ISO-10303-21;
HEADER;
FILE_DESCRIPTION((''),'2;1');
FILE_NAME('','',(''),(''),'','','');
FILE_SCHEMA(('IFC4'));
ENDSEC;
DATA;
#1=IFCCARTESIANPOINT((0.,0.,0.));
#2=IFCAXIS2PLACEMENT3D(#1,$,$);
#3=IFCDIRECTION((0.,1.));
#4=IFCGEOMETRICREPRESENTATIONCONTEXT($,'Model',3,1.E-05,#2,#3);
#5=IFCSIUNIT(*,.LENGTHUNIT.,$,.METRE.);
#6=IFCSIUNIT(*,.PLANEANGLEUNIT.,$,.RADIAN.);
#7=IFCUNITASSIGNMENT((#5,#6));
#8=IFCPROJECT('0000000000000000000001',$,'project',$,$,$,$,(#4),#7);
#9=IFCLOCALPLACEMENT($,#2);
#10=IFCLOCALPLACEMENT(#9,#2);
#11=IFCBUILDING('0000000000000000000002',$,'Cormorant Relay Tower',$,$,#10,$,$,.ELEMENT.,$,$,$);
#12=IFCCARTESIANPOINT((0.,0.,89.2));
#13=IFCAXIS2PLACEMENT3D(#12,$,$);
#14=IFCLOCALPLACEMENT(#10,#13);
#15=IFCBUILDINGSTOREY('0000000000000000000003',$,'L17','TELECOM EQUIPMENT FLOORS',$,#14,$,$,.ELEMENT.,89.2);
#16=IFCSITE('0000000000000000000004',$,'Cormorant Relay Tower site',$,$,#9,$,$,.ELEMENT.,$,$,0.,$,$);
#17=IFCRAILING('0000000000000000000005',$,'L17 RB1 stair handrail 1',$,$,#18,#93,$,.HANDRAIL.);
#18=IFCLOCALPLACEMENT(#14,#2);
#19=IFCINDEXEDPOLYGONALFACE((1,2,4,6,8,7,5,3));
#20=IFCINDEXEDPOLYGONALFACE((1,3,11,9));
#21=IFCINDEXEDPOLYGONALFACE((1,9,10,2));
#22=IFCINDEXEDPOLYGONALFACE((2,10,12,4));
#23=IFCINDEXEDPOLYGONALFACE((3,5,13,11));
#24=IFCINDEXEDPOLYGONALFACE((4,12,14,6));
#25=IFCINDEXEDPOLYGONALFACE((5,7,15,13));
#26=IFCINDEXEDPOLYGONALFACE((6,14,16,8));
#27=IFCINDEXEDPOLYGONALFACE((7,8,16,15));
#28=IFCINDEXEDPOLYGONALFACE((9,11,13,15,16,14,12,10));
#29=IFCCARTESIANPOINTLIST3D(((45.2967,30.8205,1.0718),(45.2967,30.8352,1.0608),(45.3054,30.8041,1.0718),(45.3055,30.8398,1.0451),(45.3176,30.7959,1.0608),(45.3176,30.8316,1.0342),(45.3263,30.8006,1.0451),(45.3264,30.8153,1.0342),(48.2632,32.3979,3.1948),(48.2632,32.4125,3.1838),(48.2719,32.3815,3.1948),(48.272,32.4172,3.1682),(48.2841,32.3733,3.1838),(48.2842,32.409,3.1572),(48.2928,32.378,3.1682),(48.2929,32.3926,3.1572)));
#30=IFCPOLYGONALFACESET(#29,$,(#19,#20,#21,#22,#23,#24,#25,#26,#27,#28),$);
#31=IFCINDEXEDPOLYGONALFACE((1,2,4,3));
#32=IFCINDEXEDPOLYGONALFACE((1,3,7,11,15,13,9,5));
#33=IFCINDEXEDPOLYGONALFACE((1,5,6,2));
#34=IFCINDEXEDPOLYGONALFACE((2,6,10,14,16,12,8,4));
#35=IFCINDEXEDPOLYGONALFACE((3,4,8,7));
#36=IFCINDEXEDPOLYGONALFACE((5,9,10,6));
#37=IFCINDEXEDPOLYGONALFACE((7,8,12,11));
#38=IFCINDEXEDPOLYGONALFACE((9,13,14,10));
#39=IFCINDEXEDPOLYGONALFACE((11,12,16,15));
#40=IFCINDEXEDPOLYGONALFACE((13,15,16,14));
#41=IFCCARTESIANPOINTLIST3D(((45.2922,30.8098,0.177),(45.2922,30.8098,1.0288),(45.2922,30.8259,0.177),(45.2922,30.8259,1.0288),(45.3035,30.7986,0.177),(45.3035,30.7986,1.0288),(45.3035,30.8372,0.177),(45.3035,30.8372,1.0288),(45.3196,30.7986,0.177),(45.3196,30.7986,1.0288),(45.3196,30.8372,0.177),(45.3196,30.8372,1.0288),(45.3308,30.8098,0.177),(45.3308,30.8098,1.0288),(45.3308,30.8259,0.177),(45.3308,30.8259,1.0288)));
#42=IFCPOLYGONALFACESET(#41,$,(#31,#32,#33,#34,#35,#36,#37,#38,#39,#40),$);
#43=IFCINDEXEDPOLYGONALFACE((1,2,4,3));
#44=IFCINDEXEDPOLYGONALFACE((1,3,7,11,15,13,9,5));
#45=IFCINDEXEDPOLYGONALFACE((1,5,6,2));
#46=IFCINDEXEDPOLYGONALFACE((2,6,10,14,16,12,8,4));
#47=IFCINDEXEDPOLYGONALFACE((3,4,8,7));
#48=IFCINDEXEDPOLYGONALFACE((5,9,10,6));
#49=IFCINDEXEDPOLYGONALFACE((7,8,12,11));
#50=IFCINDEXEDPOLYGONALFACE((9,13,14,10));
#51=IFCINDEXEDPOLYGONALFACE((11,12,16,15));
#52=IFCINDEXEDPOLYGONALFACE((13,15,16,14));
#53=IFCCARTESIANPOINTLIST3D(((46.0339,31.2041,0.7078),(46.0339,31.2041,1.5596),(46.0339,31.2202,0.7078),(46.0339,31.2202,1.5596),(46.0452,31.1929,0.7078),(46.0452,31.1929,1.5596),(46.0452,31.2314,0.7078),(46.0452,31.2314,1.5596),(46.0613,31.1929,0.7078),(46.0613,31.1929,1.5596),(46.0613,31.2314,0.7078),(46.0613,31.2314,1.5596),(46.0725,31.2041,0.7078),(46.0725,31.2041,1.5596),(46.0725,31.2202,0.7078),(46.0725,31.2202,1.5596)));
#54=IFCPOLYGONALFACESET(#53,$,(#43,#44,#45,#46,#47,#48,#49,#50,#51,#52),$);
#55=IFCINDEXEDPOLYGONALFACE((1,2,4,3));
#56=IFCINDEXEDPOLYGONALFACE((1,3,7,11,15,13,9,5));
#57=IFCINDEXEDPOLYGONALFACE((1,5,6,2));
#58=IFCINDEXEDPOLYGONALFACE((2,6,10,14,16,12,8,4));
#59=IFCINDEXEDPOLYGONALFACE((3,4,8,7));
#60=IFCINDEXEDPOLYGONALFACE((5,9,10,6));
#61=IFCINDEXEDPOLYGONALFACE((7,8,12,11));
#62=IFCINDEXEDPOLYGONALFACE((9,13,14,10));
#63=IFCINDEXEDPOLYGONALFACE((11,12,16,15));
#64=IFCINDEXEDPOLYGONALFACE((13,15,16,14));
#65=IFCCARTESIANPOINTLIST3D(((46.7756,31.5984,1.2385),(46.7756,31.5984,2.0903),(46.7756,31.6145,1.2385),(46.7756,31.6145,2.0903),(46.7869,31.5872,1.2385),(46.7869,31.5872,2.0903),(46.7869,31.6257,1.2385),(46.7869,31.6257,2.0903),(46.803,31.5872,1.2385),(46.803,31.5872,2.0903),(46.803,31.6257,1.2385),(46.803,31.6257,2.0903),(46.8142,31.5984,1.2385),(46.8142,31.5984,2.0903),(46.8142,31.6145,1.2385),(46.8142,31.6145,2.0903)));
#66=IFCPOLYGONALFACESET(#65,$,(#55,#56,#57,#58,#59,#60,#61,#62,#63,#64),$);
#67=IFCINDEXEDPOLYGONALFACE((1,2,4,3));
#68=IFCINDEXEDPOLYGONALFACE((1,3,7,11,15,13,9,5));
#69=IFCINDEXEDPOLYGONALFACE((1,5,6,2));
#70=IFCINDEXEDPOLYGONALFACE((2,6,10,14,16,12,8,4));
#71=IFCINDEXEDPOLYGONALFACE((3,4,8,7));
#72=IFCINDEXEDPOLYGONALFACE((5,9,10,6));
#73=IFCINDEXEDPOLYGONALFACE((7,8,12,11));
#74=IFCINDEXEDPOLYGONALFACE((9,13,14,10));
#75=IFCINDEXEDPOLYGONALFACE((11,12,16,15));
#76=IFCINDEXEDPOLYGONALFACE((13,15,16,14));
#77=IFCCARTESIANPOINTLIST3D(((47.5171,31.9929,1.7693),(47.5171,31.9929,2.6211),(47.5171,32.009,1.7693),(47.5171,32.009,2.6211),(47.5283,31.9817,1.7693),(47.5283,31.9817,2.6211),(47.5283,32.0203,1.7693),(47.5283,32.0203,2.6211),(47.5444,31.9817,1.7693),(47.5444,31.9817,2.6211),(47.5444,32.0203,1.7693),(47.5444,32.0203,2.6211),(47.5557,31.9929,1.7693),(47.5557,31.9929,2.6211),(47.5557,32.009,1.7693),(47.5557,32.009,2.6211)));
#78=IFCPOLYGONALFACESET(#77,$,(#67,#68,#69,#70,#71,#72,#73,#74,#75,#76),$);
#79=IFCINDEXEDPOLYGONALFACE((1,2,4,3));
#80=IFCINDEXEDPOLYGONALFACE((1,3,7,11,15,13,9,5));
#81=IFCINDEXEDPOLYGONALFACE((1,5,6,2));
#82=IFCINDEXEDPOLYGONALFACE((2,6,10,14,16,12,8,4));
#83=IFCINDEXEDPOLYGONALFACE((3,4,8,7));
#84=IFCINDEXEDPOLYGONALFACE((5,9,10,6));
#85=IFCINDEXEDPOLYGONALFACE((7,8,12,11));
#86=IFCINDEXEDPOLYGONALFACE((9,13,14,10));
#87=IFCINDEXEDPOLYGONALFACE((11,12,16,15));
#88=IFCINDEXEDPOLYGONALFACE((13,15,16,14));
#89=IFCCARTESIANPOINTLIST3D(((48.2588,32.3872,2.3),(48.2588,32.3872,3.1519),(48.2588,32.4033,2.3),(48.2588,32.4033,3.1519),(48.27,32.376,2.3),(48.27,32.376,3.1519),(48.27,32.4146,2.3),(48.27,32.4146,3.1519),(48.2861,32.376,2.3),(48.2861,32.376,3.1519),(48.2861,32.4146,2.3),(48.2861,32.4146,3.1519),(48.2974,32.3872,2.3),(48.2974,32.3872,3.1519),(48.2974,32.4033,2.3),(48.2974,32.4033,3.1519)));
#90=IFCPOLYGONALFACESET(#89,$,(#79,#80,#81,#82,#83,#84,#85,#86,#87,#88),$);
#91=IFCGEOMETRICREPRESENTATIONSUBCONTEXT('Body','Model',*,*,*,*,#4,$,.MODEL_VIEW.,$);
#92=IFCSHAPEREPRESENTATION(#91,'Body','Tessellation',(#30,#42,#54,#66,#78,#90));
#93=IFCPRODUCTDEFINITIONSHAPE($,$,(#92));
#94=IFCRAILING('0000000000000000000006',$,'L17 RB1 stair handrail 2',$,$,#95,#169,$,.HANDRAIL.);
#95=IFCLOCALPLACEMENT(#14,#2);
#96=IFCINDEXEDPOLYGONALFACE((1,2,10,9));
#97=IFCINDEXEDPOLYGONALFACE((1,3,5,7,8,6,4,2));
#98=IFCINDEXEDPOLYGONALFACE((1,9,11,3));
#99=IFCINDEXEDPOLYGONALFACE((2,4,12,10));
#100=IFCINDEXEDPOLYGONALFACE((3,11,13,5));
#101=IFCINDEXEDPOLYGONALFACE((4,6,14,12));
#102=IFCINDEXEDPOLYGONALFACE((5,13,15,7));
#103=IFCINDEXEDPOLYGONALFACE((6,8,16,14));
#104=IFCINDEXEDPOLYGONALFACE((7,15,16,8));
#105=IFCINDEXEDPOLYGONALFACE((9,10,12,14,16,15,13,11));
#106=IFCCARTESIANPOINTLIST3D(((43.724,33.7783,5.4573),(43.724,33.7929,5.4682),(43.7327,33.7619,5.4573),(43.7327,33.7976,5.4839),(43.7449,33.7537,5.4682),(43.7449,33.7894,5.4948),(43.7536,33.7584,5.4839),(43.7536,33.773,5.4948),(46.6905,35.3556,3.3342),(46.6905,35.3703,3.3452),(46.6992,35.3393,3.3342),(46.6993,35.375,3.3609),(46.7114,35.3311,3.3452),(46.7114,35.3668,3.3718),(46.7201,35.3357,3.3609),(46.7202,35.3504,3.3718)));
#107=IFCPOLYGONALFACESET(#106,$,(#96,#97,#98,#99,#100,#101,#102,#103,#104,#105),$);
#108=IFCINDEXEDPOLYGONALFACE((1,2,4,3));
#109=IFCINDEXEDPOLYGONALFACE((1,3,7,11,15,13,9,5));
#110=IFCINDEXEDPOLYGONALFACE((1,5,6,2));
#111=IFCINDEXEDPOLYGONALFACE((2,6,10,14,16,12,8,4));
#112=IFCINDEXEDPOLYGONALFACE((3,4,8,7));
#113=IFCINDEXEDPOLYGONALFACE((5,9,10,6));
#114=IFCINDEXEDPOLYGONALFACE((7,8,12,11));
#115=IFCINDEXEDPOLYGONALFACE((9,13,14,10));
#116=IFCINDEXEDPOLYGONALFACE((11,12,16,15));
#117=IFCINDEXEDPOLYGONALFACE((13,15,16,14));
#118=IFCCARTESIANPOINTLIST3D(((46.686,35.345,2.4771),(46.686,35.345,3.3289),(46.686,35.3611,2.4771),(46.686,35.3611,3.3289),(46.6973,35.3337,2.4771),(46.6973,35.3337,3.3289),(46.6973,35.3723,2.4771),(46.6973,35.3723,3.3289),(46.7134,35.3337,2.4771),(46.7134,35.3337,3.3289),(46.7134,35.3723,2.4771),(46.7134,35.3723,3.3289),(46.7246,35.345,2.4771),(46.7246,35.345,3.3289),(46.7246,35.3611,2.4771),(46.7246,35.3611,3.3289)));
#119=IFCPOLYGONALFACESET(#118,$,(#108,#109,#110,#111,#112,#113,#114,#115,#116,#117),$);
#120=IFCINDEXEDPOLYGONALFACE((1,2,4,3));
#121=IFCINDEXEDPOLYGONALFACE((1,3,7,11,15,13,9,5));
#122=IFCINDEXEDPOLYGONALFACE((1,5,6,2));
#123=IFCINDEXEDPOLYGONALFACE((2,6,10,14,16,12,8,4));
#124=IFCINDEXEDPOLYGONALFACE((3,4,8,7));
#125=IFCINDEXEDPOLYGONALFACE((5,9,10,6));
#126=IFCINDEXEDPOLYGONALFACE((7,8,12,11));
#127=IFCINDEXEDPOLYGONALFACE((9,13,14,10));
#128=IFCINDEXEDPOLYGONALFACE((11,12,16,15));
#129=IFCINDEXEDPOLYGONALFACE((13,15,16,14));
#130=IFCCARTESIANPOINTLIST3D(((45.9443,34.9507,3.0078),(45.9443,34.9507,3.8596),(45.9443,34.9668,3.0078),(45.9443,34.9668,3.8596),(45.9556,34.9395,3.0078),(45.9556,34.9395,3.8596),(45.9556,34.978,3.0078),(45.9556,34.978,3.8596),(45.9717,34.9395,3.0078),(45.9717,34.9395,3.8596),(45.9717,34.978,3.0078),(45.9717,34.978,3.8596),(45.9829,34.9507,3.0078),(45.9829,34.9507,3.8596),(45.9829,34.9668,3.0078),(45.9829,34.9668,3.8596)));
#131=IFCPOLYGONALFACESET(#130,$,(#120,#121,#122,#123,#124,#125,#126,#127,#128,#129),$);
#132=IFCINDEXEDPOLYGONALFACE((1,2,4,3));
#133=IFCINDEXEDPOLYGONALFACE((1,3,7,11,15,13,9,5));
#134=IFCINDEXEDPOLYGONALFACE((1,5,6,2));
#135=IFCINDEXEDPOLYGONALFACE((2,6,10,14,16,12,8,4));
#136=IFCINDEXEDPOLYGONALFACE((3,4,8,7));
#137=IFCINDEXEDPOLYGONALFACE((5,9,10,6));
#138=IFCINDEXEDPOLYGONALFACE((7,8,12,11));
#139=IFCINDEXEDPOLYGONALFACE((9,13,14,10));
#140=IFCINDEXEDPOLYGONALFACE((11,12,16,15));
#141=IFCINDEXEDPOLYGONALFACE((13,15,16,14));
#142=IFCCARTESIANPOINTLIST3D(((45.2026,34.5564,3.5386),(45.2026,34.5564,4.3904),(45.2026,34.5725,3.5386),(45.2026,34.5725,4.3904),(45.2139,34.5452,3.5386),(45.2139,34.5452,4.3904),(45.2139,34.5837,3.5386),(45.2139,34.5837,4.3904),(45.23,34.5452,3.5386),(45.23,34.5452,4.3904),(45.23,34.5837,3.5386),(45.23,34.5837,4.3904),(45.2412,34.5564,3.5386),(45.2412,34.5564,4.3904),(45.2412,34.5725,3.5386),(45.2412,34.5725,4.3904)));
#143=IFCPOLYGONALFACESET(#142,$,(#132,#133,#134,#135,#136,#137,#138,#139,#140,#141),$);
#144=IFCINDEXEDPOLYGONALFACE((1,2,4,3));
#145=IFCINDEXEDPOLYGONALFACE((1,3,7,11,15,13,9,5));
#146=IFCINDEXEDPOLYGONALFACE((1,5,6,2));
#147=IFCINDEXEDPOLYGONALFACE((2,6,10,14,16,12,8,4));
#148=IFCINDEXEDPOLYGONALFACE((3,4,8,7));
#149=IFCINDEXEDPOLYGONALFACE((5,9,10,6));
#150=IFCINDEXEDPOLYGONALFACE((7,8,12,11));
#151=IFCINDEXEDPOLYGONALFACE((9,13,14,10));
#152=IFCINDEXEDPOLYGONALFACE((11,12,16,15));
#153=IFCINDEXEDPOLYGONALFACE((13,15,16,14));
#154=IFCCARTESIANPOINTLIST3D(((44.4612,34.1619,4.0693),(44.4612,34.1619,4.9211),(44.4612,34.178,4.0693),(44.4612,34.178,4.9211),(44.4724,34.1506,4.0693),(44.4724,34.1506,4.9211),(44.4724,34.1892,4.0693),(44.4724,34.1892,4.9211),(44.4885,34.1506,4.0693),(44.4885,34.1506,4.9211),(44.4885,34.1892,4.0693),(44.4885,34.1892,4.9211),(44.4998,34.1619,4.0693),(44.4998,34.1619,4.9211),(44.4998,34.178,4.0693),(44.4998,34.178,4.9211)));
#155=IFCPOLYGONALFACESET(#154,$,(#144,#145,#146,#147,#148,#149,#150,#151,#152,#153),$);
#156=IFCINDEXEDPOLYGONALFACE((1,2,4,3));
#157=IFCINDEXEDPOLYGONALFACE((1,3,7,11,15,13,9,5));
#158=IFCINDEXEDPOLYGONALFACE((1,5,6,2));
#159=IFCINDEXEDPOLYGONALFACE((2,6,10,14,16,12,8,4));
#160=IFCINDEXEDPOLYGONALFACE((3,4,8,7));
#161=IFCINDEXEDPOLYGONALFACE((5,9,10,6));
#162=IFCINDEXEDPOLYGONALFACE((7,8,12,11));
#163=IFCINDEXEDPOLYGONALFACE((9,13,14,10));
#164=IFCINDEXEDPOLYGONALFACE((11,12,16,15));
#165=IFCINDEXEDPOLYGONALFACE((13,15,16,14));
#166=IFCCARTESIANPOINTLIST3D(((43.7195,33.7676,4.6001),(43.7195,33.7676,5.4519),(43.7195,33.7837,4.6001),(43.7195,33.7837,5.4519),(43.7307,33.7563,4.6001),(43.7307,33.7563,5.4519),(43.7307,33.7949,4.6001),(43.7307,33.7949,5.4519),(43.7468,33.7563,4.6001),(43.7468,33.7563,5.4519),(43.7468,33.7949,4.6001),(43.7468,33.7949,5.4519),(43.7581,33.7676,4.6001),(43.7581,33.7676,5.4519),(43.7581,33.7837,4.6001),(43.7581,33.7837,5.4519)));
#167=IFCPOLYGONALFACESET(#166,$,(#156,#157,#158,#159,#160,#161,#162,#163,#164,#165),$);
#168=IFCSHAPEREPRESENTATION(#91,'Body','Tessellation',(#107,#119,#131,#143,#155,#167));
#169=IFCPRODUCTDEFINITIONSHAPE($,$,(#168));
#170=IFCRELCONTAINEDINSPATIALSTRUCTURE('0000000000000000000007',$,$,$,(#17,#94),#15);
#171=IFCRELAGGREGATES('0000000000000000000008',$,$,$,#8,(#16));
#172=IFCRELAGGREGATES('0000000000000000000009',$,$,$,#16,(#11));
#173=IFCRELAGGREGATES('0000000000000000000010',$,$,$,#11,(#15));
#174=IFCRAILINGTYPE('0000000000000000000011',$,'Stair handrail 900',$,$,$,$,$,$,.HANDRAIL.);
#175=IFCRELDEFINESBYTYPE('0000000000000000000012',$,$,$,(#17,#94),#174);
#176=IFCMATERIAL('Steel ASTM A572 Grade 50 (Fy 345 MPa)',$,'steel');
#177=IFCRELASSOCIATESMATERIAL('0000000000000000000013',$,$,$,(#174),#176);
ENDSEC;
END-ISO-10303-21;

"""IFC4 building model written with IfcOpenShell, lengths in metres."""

from ifc_helpers import new_model, si_unit, direction, frame, origin, place, context, subcontext, project, spatial, polyline, outline, extrude, material, type_object, element, save


model = new_model("IFC4")

# Units and contexts
model_context = context("Model", 3, precision=1e-05, world=origin(), true_north=direction((0.0, 1.0)))
body_context = subcontext(model_context, "Body", "Model", "MODEL_VIEW")
ifc_project = project(units=[si_unit("LENGTHUNIT", "METRE"), si_unit("PLANEANGLEUNIT", "RADIAN")], contexts=[model_context])

# Site, building, storey
site_placement = place(None, origin())
site = spatial("IfcSite", under=ifc_project, at=site_placement, Name="Cormorant Relay Tower site", CompositionType="ELEMENT", RefElevation=0.0)
building_placement = place(site_placement, origin())
building = spatial("IfcBuilding", under=site, at=building_placement, Name="Cormorant Relay Tower", CompositionType="ELEMENT")
storey_placement = place(building_placement, frame((0.0, 0.0, 89.2)))
storey = spatial("IfcBuildingStorey", under=building, at=storey_placement, Name="L17", Description="TELECOM EQUIPMENT FLOORS", CompositionType="ELEMENT", Elevation=89.2)

# Railings
ifc_material_1 = material(Name="Steel ASTM A572 Grade 50 (Fy 345 MPa)", Category="steel")
railing_type_1 = type_object("IfcRailingType", Name="Stair handrail 900", PredefinedType="HANDRAIL", material=ifc_material_1)
railing_1_placement = place(storey_placement, frame((45.3115, 30.8179, 0.177)))
element("IfcRailing", 1, at=railing_1_placement, inside=storey, type_object=railing_type_1, Name="L17 RB1 stair handrail 1", PredefinedType="HANDRAIL", context=body_context, shape_type="SweptSolid", body=[
    extrude(outline(polyline([(0.0222, 0.0093), (0.0093, 0.0222), (-0.0093, 0.0222), (-0.0222, 0.0093), (-0.0222, -0.0093), (-0.0093, -0.0222), (0.0093, -0.0222), (0.0222, -0.0093), (0.0222, 0.0093)])), frame((0.0, 0.0, 0.876), z_axis=(0.746413, 0.396887, 0.534179), x_axis=(-0.469483, 0.882942, 0.0)), (0.0, 0.0, 1.0), 3.9744),
    extrude(outline(polyline([(0.0193, 0.0081), (0.0081, 0.0193), (-0.0081, 0.0193), (-0.0193, 0.0081), (-0.0193, -0.0081), (-0.0081, -0.0193), (0.0081, -0.0193), (0.0193, -0.0081), (0.0193, 0.0081)])), origin(), (0.0, 0.0, 1.0), 0.8518),
    extrude(outline(polyline([(0.0193, 0.0081), (0.0081, 0.0193), (-0.0081, 0.0193), (-0.0193, 0.0081), (-0.0193, -0.0081), (-0.0081, -0.0193), (0.0081, -0.0193), (0.0193, -0.0081), (0.0193, 0.0081)])), frame((0.7417, 0.3943, 0.5308)), (0.0, 0.0, 1.0), 0.8518),
    extrude(outline(polyline([(0.0193, 0.0081), (0.0081, 0.0193), (-0.0081, 0.0193), (-0.0193, 0.0081), (-0.0193, -0.0081), (-0.0081, -0.0193), (0.0081, -0.0193), (0.0193, -0.0081), (0.0193, 0.0081)])), frame((1.4834, 0.7886, 1.0615)), (0.0, 0.0, 1.0), 0.8518),
    extrude(outline(polyline([(0.0193, 0.0081), (0.0081, 0.0193), (-0.0081, 0.0193), (-0.0193, 0.0081), (-0.0193, -0.0081), (-0.0081, -0.0193), (0.0081, -0.0193), (0.0193, -0.0081), (0.0193, 0.0081)])), frame((2.2249, 1.1831, 1.5923)), (0.0, 0.0, 1.0), 0.8518),
    extrude(outline(polyline([(0.0193, 0.0081), (0.0081, 0.0193), (-0.0081, 0.0193), (-0.0193, 0.0081), (-0.0193, -0.0081), (-0.0081, -0.0193), (0.0081, -0.0193), (0.0193, -0.0081), (0.0193, 0.0081)])), frame((2.9666, 1.5774, 2.123)), (0.0, 0.0, 1.0), 0.8518),
])
railing_2_placement = place(storey_placement, frame((46.7053, 35.353, 2.4771)))
element("IfcRailing", 2, at=railing_2_placement, inside=storey, type_object=railing_type_1, Name="L17 RB1 stair handrail 2", PredefinedType="HANDRAIL", context=body_context, shape_type="SweptSolid", body=[
    extrude(outline(polyline([(0.0222, 0.0093), (0.0093, 0.0222), (-0.0093, 0.0222), (-0.0222, 0.0093), (-0.0222, -0.0093), (-0.0093, -0.0222), (0.0093, -0.0222), (0.0222, -0.0093), (0.0222, 0.0093)])), frame((0.0, 0.0, 0.876), z_axis=(-0.746413, -0.396887, 0.534179), x_axis=(0.469483, -0.882942, 0.0)), (0.0, 0.0, 1.0), 3.9744),
    extrude(outline(polyline([(0.0193, 0.0081), (0.0081, 0.0193), (-0.0081, 0.0193), (-0.0193, 0.0081), (-0.0193, -0.0081), (-0.0081, -0.0193), (0.0081, -0.0193), (0.0193, -0.0081), (0.0193, 0.0081)])), origin(), (0.0, 0.0, 1.0), 0.8518),
    extrude(outline(polyline([(0.0193, 0.0081), (0.0081, 0.0193), (-0.0081, 0.0193), (-0.0193, 0.0081), (-0.0193, -0.0081), (-0.0081, -0.0193), (0.0081, -0.0193), (0.0193, -0.0081), (0.0193, 0.0081)])), frame((-0.7417, -0.3943, 0.5308)), (0.0, 0.0, 1.0), 0.8518),
    extrude(outline(polyline([(0.0193, 0.0081), (0.0081, 0.0193), (-0.0081, 0.0193), (-0.0193, 0.0081), (-0.0193, -0.0081), (-0.0081, -0.0193), (0.0081, -0.0193), (0.0193, -0.0081), (0.0193, 0.0081)])), frame((-1.4834, -0.7886, 1.0615)), (0.0, 0.0, 1.0), 0.8518),
    extrude(outline(polyline([(0.0193, 0.0081), (0.0081, 0.0193), (-0.0081, 0.0193), (-0.0193, 0.0081), (-0.0193, -0.0081), (-0.0081, -0.0193), (0.0081, -0.0193), (0.0193, -0.0081), (0.0193, 0.0081)])), frame((-2.2249, -1.1831, 1.5923)), (0.0, 0.0, 1.0), 0.8518),
    extrude(outline(polyline([(0.0193, 0.0081), (0.0081, 0.0193), (-0.0081, 0.0193), (-0.0193, 0.0081), (-0.0193, -0.0081), (-0.0081, -0.0193), (0.0081, -0.0193), (0.0193, -0.0081), (0.0193, 0.0081)])), frame((-2.9666, -1.5774, 2.123)), (0.0, 0.0, 1.0), 0.8518),
])

save(model, "model.ifc")
